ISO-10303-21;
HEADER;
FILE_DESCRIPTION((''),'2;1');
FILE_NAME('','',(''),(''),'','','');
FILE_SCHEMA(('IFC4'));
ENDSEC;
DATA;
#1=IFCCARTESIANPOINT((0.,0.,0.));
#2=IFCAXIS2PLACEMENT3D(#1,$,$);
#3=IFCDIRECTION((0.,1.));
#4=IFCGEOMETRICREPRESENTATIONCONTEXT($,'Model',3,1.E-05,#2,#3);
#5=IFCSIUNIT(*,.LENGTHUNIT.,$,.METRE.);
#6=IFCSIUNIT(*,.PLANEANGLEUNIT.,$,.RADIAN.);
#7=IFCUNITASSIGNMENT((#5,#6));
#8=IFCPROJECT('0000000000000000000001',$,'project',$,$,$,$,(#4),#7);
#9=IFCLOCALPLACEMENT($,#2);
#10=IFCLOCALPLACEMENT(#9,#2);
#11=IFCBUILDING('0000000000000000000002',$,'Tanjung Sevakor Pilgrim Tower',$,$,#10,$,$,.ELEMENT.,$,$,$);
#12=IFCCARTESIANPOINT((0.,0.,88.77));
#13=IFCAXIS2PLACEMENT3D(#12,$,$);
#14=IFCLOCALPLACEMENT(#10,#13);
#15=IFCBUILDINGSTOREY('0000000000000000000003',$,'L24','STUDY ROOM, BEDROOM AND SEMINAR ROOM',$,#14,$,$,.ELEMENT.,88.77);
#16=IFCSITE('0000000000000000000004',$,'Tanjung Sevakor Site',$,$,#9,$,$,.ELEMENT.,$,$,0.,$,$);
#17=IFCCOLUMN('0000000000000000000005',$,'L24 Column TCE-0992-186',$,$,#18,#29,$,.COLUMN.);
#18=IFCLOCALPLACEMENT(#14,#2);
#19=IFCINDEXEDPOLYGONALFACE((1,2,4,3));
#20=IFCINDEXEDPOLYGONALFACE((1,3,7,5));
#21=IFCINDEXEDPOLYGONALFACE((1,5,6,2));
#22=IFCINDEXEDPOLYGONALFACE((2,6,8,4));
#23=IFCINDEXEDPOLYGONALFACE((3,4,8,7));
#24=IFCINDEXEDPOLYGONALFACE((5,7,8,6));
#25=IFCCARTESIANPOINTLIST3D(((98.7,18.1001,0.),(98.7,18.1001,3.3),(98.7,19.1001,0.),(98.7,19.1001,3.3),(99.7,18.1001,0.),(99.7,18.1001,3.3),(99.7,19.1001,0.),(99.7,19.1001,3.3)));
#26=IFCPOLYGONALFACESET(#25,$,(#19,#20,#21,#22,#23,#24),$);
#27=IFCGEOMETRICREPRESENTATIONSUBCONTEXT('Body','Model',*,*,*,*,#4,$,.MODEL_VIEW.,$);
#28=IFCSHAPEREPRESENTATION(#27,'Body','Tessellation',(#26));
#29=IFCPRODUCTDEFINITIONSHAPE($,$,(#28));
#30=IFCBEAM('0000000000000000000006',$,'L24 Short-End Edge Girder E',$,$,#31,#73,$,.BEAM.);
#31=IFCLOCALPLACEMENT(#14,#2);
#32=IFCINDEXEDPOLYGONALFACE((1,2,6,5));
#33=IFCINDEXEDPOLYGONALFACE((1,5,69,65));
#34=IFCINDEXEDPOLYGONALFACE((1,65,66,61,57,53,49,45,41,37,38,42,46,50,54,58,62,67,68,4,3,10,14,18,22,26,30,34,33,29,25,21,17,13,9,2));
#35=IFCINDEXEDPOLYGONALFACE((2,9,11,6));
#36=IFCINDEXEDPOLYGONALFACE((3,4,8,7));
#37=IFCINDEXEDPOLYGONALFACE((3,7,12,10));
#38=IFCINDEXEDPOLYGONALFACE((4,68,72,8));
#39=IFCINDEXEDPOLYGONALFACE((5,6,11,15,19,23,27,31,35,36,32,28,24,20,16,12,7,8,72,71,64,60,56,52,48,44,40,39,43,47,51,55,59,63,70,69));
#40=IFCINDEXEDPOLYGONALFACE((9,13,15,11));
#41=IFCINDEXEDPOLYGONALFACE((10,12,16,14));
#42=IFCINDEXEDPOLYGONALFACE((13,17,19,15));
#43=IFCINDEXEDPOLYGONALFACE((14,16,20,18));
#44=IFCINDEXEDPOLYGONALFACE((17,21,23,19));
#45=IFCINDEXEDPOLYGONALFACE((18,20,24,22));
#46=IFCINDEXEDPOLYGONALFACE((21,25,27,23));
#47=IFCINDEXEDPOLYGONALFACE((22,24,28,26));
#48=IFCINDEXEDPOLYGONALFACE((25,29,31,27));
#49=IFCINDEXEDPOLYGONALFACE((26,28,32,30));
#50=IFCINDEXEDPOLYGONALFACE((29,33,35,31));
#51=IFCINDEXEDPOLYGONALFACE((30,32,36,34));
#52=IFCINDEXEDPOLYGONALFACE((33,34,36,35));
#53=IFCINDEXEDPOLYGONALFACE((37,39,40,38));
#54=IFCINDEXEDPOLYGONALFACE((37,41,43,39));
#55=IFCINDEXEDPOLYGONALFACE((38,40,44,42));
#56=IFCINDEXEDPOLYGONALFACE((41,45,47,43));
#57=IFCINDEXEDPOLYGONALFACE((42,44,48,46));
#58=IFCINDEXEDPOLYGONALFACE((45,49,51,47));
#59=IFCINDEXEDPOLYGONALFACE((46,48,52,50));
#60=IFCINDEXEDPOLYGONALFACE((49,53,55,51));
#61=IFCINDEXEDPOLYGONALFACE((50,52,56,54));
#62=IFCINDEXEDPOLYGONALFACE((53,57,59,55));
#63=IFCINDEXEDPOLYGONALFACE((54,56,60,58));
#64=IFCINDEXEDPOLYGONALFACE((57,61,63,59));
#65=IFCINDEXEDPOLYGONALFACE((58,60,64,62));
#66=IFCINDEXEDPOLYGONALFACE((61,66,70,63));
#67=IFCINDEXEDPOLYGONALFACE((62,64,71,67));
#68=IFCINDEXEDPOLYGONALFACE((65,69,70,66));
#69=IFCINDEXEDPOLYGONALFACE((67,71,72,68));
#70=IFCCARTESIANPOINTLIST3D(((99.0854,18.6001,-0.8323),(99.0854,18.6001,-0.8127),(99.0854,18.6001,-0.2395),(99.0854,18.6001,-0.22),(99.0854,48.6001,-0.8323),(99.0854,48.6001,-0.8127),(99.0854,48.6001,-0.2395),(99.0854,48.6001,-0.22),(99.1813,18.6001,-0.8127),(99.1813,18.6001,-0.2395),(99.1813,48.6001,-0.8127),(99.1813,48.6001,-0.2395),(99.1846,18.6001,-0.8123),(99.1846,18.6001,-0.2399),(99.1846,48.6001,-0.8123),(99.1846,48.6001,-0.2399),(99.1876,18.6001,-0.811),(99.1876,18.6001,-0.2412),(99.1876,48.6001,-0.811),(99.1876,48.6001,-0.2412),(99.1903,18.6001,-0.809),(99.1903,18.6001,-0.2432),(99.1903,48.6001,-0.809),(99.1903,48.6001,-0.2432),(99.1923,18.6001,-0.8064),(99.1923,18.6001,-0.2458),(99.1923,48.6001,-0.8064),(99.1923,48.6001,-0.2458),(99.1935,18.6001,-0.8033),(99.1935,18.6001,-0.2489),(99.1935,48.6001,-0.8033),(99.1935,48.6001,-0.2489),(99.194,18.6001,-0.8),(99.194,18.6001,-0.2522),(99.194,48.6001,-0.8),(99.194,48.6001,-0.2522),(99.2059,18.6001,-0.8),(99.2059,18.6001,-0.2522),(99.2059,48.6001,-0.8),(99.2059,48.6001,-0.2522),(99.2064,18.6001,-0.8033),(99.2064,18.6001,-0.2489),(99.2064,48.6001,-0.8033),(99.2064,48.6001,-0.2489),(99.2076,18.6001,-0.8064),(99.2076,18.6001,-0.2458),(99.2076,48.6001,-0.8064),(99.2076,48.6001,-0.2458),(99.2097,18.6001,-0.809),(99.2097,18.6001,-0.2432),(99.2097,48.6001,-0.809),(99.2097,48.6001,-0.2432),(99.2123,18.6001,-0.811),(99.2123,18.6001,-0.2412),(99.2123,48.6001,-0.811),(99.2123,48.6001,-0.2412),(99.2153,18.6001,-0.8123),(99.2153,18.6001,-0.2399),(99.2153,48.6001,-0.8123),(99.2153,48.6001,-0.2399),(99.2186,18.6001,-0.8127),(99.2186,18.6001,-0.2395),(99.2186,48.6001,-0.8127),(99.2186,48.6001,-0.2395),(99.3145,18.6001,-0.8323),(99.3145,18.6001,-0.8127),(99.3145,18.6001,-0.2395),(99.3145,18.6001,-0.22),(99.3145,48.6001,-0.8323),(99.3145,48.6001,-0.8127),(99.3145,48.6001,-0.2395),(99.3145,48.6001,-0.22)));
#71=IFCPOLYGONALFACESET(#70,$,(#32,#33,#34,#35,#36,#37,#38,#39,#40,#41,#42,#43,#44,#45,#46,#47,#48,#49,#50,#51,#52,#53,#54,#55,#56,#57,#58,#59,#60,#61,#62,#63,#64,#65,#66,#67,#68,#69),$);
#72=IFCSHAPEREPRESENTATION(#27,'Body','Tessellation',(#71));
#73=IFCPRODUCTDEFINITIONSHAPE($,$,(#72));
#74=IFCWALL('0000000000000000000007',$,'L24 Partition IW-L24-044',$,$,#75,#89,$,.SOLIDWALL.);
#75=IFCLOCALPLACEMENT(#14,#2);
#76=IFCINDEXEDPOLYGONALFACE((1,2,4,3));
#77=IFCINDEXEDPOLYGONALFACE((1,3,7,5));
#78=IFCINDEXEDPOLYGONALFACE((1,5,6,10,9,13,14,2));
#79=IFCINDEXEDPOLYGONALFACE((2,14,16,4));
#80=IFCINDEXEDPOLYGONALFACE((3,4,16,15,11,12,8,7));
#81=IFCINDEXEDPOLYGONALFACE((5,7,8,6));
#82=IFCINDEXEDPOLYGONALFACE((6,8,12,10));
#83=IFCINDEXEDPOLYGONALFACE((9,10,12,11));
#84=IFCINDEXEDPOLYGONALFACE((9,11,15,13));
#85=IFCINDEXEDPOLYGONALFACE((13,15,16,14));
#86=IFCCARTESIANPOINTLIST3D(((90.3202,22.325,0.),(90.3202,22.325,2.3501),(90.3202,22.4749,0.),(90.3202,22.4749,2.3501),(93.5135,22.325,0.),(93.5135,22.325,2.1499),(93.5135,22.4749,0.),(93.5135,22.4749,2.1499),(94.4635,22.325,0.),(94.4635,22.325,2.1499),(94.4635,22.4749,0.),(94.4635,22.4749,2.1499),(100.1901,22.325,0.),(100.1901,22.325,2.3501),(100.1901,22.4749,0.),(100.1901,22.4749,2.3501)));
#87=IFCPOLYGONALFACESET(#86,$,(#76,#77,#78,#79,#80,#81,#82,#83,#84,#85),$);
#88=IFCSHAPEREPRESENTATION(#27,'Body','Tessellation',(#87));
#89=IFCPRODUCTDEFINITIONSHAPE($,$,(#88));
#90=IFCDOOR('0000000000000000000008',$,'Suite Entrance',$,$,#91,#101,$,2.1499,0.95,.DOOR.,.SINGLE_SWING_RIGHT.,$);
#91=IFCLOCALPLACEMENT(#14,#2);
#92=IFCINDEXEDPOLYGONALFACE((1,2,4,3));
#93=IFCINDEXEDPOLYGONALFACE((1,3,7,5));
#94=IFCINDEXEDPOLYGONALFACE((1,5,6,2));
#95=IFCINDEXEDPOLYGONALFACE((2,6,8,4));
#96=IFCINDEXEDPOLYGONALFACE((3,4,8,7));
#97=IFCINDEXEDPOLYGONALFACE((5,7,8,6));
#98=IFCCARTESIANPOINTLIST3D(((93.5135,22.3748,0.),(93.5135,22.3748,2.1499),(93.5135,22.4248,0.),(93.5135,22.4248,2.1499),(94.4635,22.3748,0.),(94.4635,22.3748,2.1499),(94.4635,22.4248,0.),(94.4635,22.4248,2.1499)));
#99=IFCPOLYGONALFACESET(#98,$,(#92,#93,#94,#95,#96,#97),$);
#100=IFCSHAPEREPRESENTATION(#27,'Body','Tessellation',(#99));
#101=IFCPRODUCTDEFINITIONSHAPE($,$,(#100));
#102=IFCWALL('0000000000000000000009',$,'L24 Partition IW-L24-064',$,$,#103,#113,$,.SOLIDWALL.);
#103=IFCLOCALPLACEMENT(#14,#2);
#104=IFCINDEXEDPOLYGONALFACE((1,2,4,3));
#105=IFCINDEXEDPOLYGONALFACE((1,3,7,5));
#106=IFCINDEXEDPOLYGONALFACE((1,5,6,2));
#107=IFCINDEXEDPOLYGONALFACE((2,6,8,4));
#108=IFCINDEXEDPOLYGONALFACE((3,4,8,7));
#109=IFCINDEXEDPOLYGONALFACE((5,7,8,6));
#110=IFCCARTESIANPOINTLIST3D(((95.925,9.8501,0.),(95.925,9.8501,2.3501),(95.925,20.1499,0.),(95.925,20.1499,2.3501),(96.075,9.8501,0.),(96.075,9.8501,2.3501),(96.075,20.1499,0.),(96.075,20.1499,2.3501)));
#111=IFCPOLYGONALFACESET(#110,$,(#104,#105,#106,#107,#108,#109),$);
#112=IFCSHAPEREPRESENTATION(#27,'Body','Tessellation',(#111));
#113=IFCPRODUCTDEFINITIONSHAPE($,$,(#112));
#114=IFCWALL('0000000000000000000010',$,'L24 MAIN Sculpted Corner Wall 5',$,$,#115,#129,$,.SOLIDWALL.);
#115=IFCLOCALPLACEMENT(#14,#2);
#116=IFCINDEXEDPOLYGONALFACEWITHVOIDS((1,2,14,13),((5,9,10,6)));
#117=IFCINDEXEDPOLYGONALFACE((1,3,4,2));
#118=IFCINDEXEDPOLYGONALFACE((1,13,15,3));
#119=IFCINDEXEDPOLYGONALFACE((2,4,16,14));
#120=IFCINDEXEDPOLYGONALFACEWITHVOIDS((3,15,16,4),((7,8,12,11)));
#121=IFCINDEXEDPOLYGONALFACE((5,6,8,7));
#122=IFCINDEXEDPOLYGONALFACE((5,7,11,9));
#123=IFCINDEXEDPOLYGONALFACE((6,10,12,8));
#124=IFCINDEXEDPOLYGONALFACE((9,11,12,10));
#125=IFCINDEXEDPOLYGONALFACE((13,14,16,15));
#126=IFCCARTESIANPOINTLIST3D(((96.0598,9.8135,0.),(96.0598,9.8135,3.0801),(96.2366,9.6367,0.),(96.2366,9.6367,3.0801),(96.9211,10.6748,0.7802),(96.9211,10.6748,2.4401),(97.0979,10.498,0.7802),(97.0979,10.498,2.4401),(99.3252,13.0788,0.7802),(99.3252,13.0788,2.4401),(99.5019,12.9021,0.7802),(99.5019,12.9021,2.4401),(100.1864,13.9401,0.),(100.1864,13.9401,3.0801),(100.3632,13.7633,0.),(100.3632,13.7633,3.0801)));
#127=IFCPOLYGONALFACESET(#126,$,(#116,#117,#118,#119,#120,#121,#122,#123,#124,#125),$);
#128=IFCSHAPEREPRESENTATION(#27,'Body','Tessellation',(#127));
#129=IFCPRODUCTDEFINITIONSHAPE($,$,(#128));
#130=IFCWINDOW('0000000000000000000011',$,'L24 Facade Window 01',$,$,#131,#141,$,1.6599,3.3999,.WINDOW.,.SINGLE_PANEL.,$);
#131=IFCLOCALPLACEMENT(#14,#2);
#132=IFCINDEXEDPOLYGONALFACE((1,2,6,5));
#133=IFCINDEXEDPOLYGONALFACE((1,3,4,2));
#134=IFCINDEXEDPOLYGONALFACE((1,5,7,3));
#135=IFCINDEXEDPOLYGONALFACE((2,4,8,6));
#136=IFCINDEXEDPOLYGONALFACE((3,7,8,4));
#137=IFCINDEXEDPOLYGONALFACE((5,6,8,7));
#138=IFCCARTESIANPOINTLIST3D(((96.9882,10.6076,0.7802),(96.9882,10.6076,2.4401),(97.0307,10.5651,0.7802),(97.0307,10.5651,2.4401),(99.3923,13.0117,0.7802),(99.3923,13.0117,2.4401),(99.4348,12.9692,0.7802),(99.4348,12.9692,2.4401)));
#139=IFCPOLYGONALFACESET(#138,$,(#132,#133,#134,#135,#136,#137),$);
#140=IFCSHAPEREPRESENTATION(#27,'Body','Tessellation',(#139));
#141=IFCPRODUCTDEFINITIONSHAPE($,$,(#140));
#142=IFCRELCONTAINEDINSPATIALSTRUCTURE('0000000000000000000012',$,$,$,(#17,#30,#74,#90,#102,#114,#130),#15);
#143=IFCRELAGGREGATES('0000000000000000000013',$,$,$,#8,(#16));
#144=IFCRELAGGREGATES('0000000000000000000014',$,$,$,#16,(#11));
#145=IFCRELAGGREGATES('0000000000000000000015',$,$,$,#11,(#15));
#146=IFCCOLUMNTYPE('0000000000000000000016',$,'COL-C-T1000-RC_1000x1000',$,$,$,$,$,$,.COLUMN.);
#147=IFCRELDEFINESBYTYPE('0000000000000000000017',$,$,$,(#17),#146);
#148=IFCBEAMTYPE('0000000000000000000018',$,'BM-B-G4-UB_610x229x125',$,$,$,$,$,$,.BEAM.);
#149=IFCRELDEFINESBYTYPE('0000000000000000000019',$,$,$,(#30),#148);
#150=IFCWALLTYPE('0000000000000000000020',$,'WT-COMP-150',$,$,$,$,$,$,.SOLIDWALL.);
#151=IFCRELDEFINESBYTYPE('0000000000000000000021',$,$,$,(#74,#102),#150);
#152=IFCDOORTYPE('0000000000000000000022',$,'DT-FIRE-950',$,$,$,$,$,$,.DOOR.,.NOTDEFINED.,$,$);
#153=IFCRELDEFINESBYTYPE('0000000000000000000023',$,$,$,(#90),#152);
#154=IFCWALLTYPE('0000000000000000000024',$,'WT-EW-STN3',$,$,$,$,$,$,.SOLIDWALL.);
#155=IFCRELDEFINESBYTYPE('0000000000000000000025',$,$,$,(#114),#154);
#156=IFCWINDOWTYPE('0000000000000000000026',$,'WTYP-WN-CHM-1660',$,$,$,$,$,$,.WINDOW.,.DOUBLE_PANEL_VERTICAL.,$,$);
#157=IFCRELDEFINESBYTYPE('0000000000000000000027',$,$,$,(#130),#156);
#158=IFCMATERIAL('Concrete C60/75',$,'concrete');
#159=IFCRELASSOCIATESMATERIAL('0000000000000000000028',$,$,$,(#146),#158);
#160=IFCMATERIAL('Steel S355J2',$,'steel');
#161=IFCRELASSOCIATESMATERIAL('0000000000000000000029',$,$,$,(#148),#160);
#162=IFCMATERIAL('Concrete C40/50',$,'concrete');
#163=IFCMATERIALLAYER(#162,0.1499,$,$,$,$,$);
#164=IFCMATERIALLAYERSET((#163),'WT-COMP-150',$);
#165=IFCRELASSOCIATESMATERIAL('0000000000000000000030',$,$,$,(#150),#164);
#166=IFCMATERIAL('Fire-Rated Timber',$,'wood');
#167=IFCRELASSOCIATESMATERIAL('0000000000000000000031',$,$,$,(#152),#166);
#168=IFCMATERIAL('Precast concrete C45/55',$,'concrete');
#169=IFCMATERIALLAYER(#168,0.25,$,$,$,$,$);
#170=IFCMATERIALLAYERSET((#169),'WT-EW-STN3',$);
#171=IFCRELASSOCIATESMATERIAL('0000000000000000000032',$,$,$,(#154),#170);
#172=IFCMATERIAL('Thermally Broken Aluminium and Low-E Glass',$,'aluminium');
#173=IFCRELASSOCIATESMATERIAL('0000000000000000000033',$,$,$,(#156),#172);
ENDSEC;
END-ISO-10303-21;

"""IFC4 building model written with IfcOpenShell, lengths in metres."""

from ifc_helpers import new_model, si_unit, direction, frame, frame_2d, origin, origin_2d, place, context, subcontext, project, spatial, rectangle, i_section, extrude, material, layer, layer_set, material_profile, profile_set, type_object, element, fill, save


model = new_model("IFC4")

# Units and contexts
model_context = context("Model", 3, precision=1e-05, world=origin(), true_north=direction((0.0, 1.0)))
body_context = subcontext(model_context, "Body", "Model", "MODEL_VIEW")
ifc_project = project(units=[si_unit("LENGTHUNIT", "METRE"), si_unit("PLANEANGLEUNIT", "RADIAN")], contexts=[model_context])

# Site, building, storey
site_placement = place(None, origin())
site = spatial("IfcSite", under=ifc_project, at=site_placement, Name="Tanjung Sevakor Site", CompositionType="ELEMENT", RefElevation=0.0)
building_placement = place(site_placement, origin())
building = spatial("IfcBuilding", under=site, at=building_placement, Name="Tanjung Sevakor Pilgrim Tower", CompositionType="ELEMENT")
storey_placement = place(building_placement, frame((0.0, 0.0, 88.77)))
storey = spatial("IfcBuildingStorey", under=building, at=storey_placement, Name="L24", Description="STUDY ROOM, BEDROOM AND SEMINAR ROOM", CompositionType="ELEMENT", Elevation=88.77)

# Column
ifc_material_1 = material(Name="Concrete C60/75", Category="concrete")
ifc_material_profile_1 = material_profile(ifc_material_1, rectangle(XDim=1.0, YDim=1.0, at=origin_2d()))
ifc_profile_set_1 = profile_set([ifc_material_profile_1], Name="Concrete C60/75")
column_type = type_object("IfcColumnType", Name="COL-C-T1000-RC_1000x1000", PredefinedType="COLUMN", material=ifc_profile_set_1)
column_placement = place(storey_placement, frame((99.2, 18.6001, 0.0), z_axis=(0.0, 0.0, 1.0), x_axis=(1.0, 0.0, 0.0)))
element("IfcColumn", 1, at=column_placement, inside=storey, type_object=column_type, Name="L24 Column TCE-0992-186", PredefinedType="COLUMN", context=body_context, shape_type="SweptSolid", body=[
    extrude(rectangle(XDim=1.0, YDim=1.0, at=origin_2d()), origin(), (0.0, 0.0, 1.0), 3.3),
])

# Beam
ifc_material_2 = material(Name="Steel S355J2", Category="steel")
ifc_material_profile_2 = material_profile(ifc_material_2, i_section(OverallWidth=0.229, OverallDepth=0.6123, WebThickness=0.012, FlangeThickness=0.0195, FilletRadius=0.0127, at=origin_2d()))
ifc_profile_set_2 = profile_set([ifc_material_profile_2], Name="Steel S355J2")
beam_type = type_object("IfcBeamType", Name="BM-B-G4-UB_610x229x125", PredefinedType="BEAM", material=ifc_profile_set_2)
beam_placement = place(storey_placement, frame((99.2, 18.6001, -0.5261), z_axis=(0.0, 1.0, 0.0), x_axis=(-1.0, 0.0, 0.0)))
element("IfcBeam", 2, at=beam_placement, inside=storey, type_object=beam_type, Name="L24 Short-End Edge Girder E", PredefinedType="BEAM", context=body_context, shape_type="SweptSolid", body=[
    extrude(i_section(OverallWidth=0.229, OverallDepth=0.6123, WebThickness=0.012, FlangeThickness=0.0195, FilletRadius=0.0127, at=origin_2d()), origin(), (0.0, 0.0, 1.0), 30.0),
])

# Wall, opening, door
ifc_material_3 = material(Name="Concrete C40/50", Category="concrete")
ifc_layer_1 = layer(ifc_material_3, 0.1499)
ifc_layer_set_1 = layer_set([ifc_layer_1], Name="WT-COMP-150")
wall_type_1 = type_object("IfcWallType", Name="WT-COMP-150", PredefinedType="SOLIDWALL", material=ifc_layer_set_1)
wall_1_placement = place(storey_placement, frame((90.3201, 22.3999, 0.0), z_axis=(0.0, 0.0, 1.0), x_axis=(1.0, 0.0, 0.0)))
wall_1 = element("IfcWall", 3, at=wall_1_placement, inside=storey, type_object=wall_type_1, Name="L24 Partition IW-L24-044", PredefinedType="SOLIDWALL", context=body_context, shape_type="SweptSolid", body=[
    extrude(rectangle(XDim=9.8699, YDim=0.1499, at=frame_2d((4.9351, 0.0))), origin(), (0.0, 0.0, 1.0), 2.3501),
])
opening_1_placement = place(wall_1_placement, frame((3.1934, 0.0, 0.0)))
opening_1 = element("IfcOpeningElement", 4, at=opening_1_placement, cuts=wall_1, PredefinedType="OPENING", context=body_context, shape_type="SweptSolid", body=[
    extrude(rectangle(XDim=0.95, YDim=2.1499, at=frame_2d((0.4751, 1.075))), frame((0.0, 0.085, 0.0), z_axis=(0.0, -1.0, 0.0), x_axis=(1.0, 0.0, 0.0)), (0.0, 0.0, 1.0), 0.1699),
])
ifc_material_4 = material(Name="Fire-Rated Timber", Category="wood")
door_type_1 = type_object("IfcDoorType", Name="DT-FIRE-950", OperationType="NOTDEFINED", PredefinedType="DOOR", material=ifc_material_4)
door_1_placement = place(opening_1_placement, origin())
door_1 = element("IfcDoor", 5, at=door_1_placement, inside=storey, type_object=door_type_1, Name="Suite Entrance", OperationType="SINGLE_SWING_RIGHT", OverallHeight=2.1499, OverallWidth=0.95, PredefinedType="DOOR", context=body_context, shape_type="SweptSolid", body=[
    extrude(rectangle(XDim=0.95, YDim=2.1499, at=frame_2d((0.4751, 1.075))), frame((0.0, 0.0249, 0.0), z_axis=(0.0, -1.0, 0.0), x_axis=(1.0, 0.0, 0.0)), (0.0, 0.0, 1.0), 0.05),
])
fill(opening_1, door_1)

# Wall
wall_2_placement = place(storey_placement, frame((96.0, 9.8501, 0.0), z_axis=(0.0, 0.0, 1.0), x_axis=(0.0, 1.0, 0.0)))
element("IfcWall", 6, at=wall_2_placement, inside=storey, type_object=wall_type_1, Name="L24 Partition IW-L24-064", PredefinedType="SOLIDWALL", context=body_context, shape_type="SweptSolid", body=[
    extrude(rectangle(XDim=10.2998, YDim=0.1499, at=frame_2d((5.1499, 0.0))), origin(), (0.0, 0.0, 1.0), 2.3501),
])

# Wall, opening, window
ifc_material_5 = material(Name="Precast concrete C45/55", Category="concrete")
ifc_layer_2 = layer(ifc_material_5, 0.25)
ifc_layer_set_2 = layer_set([ifc_layer_2], Name="WT-EW-STN3")
wall_type_2 = type_object("IfcWallType", Name="WT-EW-STN3", PredefinedType="SOLIDWALL", material=ifc_layer_set_2)
wall_3_placement = place(storey_placement, frame((96.1482, 9.7251, 0.0), z_axis=(0.0, 0.0, 1.0), x_axis=(0.707107, 0.707107, 0.0)))
wall_3 = element("IfcWall", 7, at=wall_3_placement, inside=storey, type_object=wall_type_2, Name="L24 MAIN Sculpted Corner Wall 5", PredefinedType="SOLIDWALL", context=body_context, shape_type="SweptSolid", body=[
    extrude(rectangle(XDim=5.8359, YDim=0.25, at=frame_2d((2.918, 0.0))), origin(), (0.0, 0.0, 1.0), 3.0801),
])
opening_2_placement = place(wall_3_placement, frame((1.218, 0.0, 0.78)))
opening_2 = element("IfcOpeningElement", 8, at=opening_2_placement, cuts=wall_3, PredefinedType="OPENING", context=body_context, shape_type="SweptSolid", body=[
    extrude(rectangle(XDim=3.3999, YDim=1.6599, at=frame_2d((1.7, 0.8301))), frame((0.0, 0.135, 0.0), z_axis=(0.0, -1.0, 0.0), x_axis=(1.0, 0.0, 0.0)), (0.0, 0.0, 1.0), 0.27),
])
ifc_material_6 = material(Name="Thermally Broken Aluminium and Low-E Glass", Category="aluminium")
window_type_1 = type_object("IfcWindowType", Name="WTYP-WN-CHM-1660", PartitioningType="DOUBLE_PANEL_VERTICAL", PredefinedType="WINDOW", material=ifc_material_6)
window_1_placement = place(opening_2_placement, origin())
window_1 = element("IfcWindow", 9, at=window_1_placement, inside=storey, type_object=window_type_1, Name="L24 Facade Window 01", OverallHeight=1.6599, OverallWidth=3.3999, PartitioningType="SINGLE_PANEL", PredefinedType="WINDOW", context=body_context, shape_type="SweptSolid", body=[
    extrude(rectangle(XDim=3.3999, YDim=1.6599, at=frame_2d((1.7, 0.8301))), frame((0.0, 0.03, 0.0), z_axis=(0.0, -1.0, 0.0), x_axis=(1.0, 0.0, 0.0)), (0.0, 0.0, 1.0), 0.0601),
])
fill(opening_2, window_1)

save(model, "model.ifc")
